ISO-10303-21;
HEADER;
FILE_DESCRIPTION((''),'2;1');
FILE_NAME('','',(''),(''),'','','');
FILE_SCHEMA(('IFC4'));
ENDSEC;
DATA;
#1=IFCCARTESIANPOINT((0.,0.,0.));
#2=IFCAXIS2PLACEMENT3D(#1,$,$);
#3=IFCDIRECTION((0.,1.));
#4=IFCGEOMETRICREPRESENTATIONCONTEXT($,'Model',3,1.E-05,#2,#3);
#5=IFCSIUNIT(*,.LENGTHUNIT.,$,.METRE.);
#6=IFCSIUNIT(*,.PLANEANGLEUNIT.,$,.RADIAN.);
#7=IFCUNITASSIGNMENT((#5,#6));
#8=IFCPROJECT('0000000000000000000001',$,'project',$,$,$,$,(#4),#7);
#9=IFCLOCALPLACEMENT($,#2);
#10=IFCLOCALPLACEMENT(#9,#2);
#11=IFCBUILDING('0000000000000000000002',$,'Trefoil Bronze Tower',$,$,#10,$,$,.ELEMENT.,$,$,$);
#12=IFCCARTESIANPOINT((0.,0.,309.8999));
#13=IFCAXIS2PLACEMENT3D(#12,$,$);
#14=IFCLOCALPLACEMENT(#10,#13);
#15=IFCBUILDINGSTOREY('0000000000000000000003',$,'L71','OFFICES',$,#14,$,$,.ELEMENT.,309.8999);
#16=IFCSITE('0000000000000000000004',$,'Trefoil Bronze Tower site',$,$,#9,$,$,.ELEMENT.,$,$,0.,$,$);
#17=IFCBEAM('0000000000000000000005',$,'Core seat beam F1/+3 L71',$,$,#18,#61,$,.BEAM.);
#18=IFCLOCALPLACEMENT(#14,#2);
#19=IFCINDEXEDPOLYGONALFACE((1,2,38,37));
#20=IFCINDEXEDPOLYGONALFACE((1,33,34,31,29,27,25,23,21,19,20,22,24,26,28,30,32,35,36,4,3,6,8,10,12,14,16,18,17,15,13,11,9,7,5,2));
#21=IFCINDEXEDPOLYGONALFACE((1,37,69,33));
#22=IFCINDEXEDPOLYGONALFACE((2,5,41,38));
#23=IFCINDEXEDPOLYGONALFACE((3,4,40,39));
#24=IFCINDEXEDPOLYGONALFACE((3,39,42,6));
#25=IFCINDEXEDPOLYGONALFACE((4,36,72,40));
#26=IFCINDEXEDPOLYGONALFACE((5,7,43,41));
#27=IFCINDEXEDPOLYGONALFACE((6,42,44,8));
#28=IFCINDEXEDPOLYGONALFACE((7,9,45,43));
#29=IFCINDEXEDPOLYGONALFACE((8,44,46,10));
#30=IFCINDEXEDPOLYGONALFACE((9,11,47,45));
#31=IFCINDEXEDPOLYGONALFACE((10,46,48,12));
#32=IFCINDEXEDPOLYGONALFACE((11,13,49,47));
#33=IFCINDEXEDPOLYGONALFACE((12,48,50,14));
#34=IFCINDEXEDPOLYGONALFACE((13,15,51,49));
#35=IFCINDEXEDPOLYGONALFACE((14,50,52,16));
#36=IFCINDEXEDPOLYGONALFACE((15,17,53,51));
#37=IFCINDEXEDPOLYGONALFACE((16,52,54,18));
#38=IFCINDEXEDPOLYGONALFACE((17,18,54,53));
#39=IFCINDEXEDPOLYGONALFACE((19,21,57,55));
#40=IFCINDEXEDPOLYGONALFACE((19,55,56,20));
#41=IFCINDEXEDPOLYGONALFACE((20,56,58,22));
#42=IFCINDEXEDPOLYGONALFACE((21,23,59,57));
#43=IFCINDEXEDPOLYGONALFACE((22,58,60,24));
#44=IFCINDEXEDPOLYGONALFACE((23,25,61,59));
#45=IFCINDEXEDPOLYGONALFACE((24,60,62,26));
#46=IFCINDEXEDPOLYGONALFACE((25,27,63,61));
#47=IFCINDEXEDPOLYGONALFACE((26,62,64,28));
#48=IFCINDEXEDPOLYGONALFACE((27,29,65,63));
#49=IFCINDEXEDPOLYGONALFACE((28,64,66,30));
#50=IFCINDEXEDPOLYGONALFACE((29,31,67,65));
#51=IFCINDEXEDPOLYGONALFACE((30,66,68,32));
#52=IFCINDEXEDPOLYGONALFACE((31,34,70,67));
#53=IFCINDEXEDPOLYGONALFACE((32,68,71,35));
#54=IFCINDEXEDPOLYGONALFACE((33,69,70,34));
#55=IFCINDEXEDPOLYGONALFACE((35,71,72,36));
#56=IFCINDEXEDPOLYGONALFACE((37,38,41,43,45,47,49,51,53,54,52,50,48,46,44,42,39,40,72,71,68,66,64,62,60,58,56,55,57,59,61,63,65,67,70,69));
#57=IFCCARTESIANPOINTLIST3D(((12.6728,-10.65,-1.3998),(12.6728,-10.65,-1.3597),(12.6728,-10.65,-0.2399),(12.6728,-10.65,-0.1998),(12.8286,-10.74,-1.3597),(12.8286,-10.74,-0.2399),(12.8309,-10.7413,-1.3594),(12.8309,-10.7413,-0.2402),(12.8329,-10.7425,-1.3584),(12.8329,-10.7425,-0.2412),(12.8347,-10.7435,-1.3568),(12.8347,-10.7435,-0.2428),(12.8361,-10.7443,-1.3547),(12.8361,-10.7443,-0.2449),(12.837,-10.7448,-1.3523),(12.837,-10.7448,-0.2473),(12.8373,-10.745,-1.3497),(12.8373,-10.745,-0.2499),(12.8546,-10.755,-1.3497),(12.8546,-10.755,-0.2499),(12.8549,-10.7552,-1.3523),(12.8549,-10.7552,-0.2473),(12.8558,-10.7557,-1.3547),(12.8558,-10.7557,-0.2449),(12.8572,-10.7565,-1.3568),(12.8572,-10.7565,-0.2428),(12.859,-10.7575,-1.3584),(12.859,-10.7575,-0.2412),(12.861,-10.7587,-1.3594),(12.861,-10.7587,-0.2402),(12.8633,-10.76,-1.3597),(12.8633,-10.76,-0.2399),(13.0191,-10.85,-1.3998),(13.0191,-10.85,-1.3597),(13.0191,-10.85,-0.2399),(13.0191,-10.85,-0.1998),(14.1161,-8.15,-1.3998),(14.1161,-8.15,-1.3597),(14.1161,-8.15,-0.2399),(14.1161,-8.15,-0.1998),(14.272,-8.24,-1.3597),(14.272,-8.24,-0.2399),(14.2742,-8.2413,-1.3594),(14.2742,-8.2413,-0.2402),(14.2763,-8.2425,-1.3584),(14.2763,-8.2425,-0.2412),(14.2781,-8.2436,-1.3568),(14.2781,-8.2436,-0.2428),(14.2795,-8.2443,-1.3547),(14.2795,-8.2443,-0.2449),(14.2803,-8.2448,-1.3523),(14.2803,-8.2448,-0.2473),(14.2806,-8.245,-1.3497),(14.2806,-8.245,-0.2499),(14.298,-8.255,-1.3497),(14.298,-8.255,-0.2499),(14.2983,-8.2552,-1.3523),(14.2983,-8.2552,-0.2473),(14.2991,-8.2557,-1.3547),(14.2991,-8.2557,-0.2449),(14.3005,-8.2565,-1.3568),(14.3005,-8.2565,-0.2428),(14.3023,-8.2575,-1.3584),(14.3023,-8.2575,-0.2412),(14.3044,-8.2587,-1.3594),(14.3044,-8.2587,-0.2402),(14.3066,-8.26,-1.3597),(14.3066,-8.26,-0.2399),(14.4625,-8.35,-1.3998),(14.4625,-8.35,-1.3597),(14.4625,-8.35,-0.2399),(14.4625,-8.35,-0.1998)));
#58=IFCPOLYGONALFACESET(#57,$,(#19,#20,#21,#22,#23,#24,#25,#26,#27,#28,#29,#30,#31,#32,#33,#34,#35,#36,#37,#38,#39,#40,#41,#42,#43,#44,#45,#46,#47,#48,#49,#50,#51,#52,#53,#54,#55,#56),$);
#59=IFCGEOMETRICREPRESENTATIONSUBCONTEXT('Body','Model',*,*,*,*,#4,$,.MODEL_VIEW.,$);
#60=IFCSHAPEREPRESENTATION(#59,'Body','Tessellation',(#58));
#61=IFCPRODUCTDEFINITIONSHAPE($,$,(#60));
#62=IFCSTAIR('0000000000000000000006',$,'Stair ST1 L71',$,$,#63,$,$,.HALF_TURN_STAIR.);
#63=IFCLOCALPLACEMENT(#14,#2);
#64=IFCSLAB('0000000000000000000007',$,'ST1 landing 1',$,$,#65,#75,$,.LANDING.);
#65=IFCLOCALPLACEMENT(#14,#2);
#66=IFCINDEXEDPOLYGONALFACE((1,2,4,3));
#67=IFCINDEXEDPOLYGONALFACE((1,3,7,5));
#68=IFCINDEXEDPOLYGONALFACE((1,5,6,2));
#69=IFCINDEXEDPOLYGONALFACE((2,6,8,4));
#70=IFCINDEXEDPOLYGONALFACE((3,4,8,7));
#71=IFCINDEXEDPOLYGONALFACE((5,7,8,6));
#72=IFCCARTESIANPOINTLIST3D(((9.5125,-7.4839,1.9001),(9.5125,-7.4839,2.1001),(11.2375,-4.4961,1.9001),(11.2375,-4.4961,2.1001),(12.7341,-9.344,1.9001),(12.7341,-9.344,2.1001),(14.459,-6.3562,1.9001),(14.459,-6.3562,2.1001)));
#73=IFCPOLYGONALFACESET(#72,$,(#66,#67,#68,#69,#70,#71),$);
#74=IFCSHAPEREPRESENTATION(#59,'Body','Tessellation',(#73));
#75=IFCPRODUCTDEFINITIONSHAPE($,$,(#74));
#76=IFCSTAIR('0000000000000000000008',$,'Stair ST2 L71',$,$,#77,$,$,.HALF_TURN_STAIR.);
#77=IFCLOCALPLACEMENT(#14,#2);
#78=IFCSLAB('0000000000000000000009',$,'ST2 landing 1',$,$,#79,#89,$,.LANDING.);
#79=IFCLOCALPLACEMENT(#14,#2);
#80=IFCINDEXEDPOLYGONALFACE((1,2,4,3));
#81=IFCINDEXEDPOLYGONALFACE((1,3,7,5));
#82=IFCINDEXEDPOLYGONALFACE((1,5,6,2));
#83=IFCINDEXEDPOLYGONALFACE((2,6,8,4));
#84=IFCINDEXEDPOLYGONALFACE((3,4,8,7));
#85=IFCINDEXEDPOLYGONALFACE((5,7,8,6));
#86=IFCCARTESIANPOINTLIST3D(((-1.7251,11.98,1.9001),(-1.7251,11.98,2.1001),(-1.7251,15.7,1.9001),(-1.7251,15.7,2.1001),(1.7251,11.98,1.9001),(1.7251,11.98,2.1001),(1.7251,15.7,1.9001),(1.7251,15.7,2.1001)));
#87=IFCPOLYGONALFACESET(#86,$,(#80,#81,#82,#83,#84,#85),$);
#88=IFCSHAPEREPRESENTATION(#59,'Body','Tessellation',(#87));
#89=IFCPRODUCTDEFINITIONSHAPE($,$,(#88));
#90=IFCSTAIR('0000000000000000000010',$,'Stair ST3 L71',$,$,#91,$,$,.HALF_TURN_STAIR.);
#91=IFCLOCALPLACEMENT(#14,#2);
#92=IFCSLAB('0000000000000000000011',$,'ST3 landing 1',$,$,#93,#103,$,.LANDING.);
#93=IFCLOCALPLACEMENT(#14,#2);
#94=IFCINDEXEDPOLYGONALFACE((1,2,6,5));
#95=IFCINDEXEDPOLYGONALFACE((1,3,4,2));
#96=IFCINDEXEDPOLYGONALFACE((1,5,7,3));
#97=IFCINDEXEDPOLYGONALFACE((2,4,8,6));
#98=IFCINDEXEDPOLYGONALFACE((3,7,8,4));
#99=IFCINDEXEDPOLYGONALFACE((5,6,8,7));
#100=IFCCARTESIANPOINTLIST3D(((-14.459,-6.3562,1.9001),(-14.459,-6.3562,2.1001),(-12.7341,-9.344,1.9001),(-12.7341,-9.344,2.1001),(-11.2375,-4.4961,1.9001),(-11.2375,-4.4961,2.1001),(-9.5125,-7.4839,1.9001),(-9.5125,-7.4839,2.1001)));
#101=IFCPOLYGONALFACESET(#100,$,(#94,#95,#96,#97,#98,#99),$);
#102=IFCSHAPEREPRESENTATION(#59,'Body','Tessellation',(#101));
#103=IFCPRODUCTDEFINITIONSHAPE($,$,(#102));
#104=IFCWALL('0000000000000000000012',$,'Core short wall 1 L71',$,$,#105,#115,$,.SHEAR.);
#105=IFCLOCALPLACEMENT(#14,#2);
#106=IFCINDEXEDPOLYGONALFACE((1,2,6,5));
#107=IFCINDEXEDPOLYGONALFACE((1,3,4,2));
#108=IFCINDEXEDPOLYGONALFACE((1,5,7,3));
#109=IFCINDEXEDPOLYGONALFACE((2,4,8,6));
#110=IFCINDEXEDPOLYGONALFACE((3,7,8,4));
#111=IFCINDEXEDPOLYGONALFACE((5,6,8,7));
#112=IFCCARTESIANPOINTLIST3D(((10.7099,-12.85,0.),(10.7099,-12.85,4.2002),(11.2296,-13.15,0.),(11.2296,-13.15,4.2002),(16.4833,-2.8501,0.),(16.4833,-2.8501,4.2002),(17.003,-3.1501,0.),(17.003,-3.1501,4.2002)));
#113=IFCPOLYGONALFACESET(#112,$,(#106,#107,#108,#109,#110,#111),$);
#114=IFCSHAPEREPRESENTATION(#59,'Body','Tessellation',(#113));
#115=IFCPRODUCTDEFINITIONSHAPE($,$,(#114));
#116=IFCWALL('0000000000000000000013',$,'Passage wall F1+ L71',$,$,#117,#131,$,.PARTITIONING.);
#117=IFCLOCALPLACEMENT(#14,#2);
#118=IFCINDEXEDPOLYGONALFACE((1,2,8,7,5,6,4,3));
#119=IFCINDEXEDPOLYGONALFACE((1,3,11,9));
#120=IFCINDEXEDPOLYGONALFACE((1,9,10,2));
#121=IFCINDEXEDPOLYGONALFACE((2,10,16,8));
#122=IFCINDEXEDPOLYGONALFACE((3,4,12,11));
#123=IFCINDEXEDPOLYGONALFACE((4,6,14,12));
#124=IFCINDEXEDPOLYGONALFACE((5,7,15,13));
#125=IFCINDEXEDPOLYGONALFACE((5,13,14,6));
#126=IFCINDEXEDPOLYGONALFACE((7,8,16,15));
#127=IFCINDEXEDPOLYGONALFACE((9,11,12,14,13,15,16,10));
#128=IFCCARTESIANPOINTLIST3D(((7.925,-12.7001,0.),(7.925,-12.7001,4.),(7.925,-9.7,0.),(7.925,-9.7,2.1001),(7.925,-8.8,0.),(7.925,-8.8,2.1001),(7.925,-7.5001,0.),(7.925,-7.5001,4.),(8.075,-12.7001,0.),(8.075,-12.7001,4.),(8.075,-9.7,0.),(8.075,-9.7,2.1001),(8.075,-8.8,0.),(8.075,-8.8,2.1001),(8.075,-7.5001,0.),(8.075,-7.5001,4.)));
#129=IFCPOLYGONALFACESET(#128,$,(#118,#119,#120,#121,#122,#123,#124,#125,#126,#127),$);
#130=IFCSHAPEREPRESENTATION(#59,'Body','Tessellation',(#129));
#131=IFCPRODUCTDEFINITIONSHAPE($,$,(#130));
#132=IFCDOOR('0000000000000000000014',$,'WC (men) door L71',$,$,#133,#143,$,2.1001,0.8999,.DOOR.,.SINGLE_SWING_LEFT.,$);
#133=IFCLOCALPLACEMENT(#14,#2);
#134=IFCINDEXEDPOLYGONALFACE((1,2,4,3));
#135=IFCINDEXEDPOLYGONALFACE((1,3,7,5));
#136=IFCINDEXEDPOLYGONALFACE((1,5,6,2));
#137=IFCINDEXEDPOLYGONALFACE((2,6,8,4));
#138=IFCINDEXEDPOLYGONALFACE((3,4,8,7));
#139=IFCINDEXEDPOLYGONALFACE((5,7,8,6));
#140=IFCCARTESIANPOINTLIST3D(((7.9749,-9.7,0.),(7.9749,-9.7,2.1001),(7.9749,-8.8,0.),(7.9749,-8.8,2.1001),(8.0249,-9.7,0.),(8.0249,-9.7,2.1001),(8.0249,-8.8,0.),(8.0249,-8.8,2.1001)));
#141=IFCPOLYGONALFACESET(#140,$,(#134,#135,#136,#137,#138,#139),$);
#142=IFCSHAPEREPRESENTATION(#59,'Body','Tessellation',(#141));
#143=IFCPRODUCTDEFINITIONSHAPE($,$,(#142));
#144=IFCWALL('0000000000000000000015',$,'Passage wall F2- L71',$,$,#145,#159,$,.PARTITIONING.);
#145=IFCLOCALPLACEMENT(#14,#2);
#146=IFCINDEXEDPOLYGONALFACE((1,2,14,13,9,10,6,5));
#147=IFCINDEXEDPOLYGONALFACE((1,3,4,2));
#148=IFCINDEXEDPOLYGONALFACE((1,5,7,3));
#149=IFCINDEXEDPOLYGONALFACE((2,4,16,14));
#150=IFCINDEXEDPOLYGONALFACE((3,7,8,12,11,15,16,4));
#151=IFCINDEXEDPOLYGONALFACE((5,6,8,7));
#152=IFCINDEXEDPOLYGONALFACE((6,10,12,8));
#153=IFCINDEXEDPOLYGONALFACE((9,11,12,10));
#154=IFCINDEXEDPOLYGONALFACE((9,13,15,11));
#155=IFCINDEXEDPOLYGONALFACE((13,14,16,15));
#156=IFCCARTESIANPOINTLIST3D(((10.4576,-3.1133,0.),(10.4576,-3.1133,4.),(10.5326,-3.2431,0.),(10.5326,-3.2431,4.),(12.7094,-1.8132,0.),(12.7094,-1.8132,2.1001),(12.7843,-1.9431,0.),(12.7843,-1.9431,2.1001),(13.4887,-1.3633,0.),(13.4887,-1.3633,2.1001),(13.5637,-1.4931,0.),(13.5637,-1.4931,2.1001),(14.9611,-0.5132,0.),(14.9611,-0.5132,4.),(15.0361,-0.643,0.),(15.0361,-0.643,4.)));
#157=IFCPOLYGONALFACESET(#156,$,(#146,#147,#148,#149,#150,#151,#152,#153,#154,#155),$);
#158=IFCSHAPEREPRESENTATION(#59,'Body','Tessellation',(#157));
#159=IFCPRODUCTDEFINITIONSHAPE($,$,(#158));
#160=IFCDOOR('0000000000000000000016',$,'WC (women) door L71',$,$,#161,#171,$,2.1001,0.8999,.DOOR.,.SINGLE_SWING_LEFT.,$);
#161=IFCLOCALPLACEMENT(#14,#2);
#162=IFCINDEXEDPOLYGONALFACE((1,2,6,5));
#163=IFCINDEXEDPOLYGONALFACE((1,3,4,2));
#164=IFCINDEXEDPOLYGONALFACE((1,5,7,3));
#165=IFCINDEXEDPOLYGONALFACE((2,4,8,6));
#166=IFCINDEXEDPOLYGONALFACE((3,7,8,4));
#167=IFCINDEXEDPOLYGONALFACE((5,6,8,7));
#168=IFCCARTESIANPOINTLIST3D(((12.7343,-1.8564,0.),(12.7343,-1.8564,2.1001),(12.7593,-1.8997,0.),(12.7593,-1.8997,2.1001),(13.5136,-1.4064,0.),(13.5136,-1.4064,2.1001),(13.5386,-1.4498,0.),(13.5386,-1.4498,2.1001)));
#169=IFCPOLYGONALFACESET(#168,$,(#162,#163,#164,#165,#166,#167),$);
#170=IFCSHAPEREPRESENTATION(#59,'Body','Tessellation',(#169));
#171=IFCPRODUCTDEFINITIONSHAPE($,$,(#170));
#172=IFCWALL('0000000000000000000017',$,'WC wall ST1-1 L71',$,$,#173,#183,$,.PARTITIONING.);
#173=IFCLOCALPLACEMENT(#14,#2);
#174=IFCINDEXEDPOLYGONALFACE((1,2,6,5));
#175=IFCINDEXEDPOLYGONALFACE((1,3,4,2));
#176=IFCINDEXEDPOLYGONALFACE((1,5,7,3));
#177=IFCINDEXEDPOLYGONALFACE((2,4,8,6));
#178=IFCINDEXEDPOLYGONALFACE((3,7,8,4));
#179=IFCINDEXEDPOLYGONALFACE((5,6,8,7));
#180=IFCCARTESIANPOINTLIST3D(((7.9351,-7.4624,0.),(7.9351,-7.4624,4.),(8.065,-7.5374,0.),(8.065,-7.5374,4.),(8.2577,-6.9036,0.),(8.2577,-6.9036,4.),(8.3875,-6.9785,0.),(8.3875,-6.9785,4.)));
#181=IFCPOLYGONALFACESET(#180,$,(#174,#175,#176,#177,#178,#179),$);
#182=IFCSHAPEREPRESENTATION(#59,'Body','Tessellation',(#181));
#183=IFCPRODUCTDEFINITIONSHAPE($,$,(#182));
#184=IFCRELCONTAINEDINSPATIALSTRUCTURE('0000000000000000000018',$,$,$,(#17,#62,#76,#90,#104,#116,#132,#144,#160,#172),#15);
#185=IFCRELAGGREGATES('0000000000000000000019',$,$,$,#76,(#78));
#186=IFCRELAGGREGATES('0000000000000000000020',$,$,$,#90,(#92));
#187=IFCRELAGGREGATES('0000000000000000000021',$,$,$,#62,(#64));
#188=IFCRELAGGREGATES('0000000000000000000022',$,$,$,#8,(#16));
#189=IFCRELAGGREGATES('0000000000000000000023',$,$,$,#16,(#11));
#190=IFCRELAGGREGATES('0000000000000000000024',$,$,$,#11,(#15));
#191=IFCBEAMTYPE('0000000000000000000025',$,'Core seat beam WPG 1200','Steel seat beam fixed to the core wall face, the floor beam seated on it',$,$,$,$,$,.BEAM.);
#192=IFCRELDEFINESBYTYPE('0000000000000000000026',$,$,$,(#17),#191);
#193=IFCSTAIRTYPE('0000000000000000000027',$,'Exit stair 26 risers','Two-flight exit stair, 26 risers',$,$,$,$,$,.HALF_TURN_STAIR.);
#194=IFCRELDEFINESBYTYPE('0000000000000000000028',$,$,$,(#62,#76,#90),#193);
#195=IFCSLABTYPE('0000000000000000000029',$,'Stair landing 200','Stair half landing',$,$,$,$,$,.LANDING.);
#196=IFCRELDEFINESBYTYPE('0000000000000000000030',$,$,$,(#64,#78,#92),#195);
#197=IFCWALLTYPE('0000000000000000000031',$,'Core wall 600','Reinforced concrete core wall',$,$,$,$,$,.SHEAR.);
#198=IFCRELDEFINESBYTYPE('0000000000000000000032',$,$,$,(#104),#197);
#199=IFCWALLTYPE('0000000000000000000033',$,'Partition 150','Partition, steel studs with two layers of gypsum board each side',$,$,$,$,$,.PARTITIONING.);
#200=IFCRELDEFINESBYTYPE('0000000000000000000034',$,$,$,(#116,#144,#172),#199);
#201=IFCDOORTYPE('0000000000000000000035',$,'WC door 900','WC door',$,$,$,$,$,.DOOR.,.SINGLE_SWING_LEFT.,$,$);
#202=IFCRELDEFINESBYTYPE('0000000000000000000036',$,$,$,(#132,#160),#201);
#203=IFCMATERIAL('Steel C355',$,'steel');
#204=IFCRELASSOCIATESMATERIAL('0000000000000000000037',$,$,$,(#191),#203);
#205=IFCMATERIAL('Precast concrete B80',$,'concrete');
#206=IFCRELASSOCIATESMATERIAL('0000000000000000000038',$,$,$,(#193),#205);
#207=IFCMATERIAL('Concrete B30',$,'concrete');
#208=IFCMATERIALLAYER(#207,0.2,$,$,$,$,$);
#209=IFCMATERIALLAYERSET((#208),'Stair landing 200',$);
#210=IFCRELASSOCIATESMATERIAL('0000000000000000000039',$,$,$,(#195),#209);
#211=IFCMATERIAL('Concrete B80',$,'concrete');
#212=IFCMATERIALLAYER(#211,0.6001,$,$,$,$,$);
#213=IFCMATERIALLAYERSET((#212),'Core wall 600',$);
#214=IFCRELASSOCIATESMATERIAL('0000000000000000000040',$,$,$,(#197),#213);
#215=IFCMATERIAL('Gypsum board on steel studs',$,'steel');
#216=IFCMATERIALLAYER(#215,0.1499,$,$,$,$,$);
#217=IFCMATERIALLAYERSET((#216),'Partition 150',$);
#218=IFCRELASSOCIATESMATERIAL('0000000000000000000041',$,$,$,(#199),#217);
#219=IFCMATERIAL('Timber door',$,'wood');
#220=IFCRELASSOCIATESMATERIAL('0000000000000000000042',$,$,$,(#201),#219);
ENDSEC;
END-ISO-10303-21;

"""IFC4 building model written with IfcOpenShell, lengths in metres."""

from ifc_helpers import new_model, si_unit, direction, frame, frame_2d, origin, origin_2d, place, context, subcontext, project, spatial, polyline, rectangle, i_section, outline, extrude, material, layer, layer_set, material_profile, profile_set, type_object, element, fill, aggregate, save


model = new_model("IFC4")

# Units and contexts
model_context = context("Model", 3, precision=1e-05, world=origin(), true_north=direction((0.0, 1.0)))
body_context = subcontext(model_context, "Body", "Model", "MODEL_VIEW")
ifc_project = project(units=[si_unit("LENGTHUNIT", "METRE"), si_unit("PLANEANGLEUNIT", "RADIAN")], contexts=[model_context])

# Site, building, storey
site_placement = place(None, origin())
site = spatial("IfcSite", under=ifc_project, at=site_placement, Name="Trefoil Bronze Tower site", CompositionType="ELEMENT", RefElevation=0.0)
building_placement = place(site_placement, origin())
building = spatial("IfcBuilding", under=site, at=building_placement, Name="Trefoil Bronze Tower", CompositionType="ELEMENT")
storey_placement = place(building_placement, frame((0.0, 0.0, 309.8999)))
storey = spatial("IfcBuildingStorey", under=building, at=storey_placement, Name="L71", Description="OFFICES", CompositionType="ELEMENT", Elevation=309.8999)

# Beam
ifc_material_1 = material(Name="Steel C355", Category="steel")
ifc_material_profile = material_profile(ifc_material_1, i_section(OverallWidth=0.3999, OverallDepth=1.2, WebThickness=0.02, FlangeThickness=0.04, FilletRadius=0.01, at=origin_2d()), Name="WPG 1200")
ifc_profile_set = profile_set([ifc_material_profile], Name="Steel C355")
beam_type = type_object("IfcBeamType", Name="Core seat beam WPG 1200", Description="Steel seat beam fixed to the core wall face, the floor beam seated on it", PredefinedType="BEAM", material=ifc_profile_set)
beam_placement = place(storey_placement, frame((12.8459, -10.75, -0.7998), z_axis=(0.499996, 0.866028, 0.0), x_axis=(-0.866028, 0.499996, 0.0)))
element("IfcBeam", 1, at=beam_placement, inside=storey, type_object=beam_type, Name="Core seat beam F1/+3 L71", PredefinedType="BEAM", context=body_context, shape_type="SweptSolid", body=[
    extrude(i_section(OverallWidth=0.3999, OverallDepth=1.2, WebThickness=0.02, FlangeThickness=0.04, FilletRadius=0.01, at=origin_2d()), origin(), (0.0, 0.0, 1.0), 2.8867),
])

# Stairs, slabs
ifc_material_2 = material(Name="Precast concrete B80", Category="concrete")
stair_type = type_object("IfcStairType", Name="Exit stair 26 risers", Description="Two-flight exit stair, 26 risers", PredefinedType="HALF_TURN_STAIR", material=ifc_material_2)
stair_1_placement = place(storey_placement, origin())
stair_1 = element("IfcStair", 2, at=stair_1_placement, inside=storey, type_object=stair_type, Name="Stair ST1 L71", PredefinedType="HALF_TURN_STAIR")
ifc_material_3 = material(Name="Concrete B30", Category="concrete")
ifc_layer_1 = layer(ifc_material_3, 0.2)
ifc_layer_set_1 = layer_set([ifc_layer_1], Name="Stair landing 200")
slab_type = type_object("IfcSlabType", Name="Stair landing 200", Description="Stair half landing", PredefinedType="LANDING", material=ifc_layer_set_1)
slab_1_placement = place(storey_placement, frame((0.0, 0.0, 1.9001)))
slab_1 = element("IfcSlab", 3, at=slab_1_placement, type_object=slab_type, Name="ST1 landing 1", PredefinedType="LANDING", context=body_context, shape_type="SweptSolid", body=[
    extrude(outline(polyline([(9.5125, -7.4839), (12.7341, -9.344), (14.459, -6.3562), (11.2375, -4.4961), (9.5125, -7.4839)])), origin(), (0.0, 0.0, 1.0), 0.2),
])
stair_2_placement = place(storey_placement, origin())
stair_2 = element("IfcStair", 4, at=stair_2_placement, inside=storey, type_object=stair_type, Name="Stair ST2 L71", PredefinedType="HALF_TURN_STAIR")
slab_2_placement = place(storey_placement, frame((0.0, 0.0, 1.9001)))
slab_2 = element("IfcSlab", 5, at=slab_2_placement, type_object=slab_type, Name="ST2 landing 1", PredefinedType="LANDING", context=body_context, shape_type="SweptSolid", body=[
    extrude(outline(polyline([(1.7251, 11.98), (1.7251, 15.7), (-1.7251, 15.7), (-1.7251, 11.98), (1.7251, 11.98)])), origin(), (0.0, 0.0, 1.0), 0.2),
])
aggregate(stair_2, [slab_2])
stair_3_placement = place(storey_placement, origin())
stair_3 = element("IfcStair", 6, at=stair_3_placement, inside=storey, type_object=stair_type, Name="Stair ST3 L71", PredefinedType="HALF_TURN_STAIR")
slab_3_placement = place(storey_placement, frame((0.0, 0.0, 1.9001)))
slab_3 = element("IfcSlab", 7, at=slab_3_placement, type_object=slab_type, Name="ST3 landing 1", PredefinedType="LANDING", context=body_context, shape_type="SweptSolid", body=[
    extrude(outline(polyline([(-11.2375, -4.4961), (-14.459, -6.3562), (-12.7341, -9.344), (-9.5125, -7.4839), (-11.2375, -4.4961)])), origin(), (0.0, 0.0, 1.0), 0.2),
])
aggregate(stair_3, [slab_3])

# Wall
ifc_material_4 = material(Name="Concrete B80", Category="concrete")
ifc_layer_2 = layer(ifc_material_4, 0.6001)
ifc_layer_set_2 = layer_set([ifc_layer_2], Name="Core wall 600")
wall_type_1 = type_object("IfcWallType", Name="Core wall 600", Description="Reinforced concrete core wall", PredefinedType="SHEAR", material=ifc_layer_set_2)
wall_1_placement = place(storey_placement, frame((10.9697, -13.0, 0.0), z_axis=(0.0, 0.0, 1.0), x_axis=(0.499996, 0.866028, 0.0)))
element("IfcWall", 8, at=wall_1_placement, inside=storey, type_object=wall_type_1, Name="Core short wall 1 L71", PredefinedType="SHEAR", context=body_context, shape_type="SweptSolid", body=[
    extrude(rectangle(XDim=11.5469, YDim=0.6001, at=frame_2d((5.7734, 0.0))), origin(), (0.0, 0.0, 1.0), 4.2002),
])

# Walls, openings, doors
ifc_material_5 = material(Name="Gypsum board on steel studs", Category="steel")
ifc_layer_3 = layer(ifc_material_5, 0.1499)
ifc_layer_set_3 = layer_set([ifc_layer_3], Name="Partition 150")
wall_type_2 = type_object("IfcWallType", Name="Partition 150", Description="Partition, steel studs with two layers of gypsum board each side", PredefinedType="PARTITIONING", material=ifc_layer_set_3)
wall_2_placement = place(storey_placement, frame((8.0, -7.5, 0.0), z_axis=(0.0, 0.0, 1.0), x_axis=(0.0, -1.0, 0.0)))
wall_2 = element("IfcWall", 9, at=wall_2_placement, inside=storey, type_object=wall_type_2, Name="Passage wall F1+ L71", PredefinedType="PARTITIONING", context=body_context, shape_type="SweptSolid", body=[
    extrude(rectangle(XDim=5.2, YDim=0.1499, at=frame_2d((2.6001, 0.0))), origin(), (0.0, 0.0, 1.0), 4.0),
])
opening_1_placement = place(wall_2_placement, frame((1.3, 0.0, 0.0)))
opening_1 = element("IfcOpeningElement", 10, at=opening_1_placement, cuts=wall_2, PredefinedType="OPENING", context=body_context, shape_type="SweptSolid", body=[
    extrude(rectangle(XDim=0.8999, YDim=2.1001, at=frame_2d((0.45, 1.05))), frame((0.0, 0.085, 0.0), z_axis=(0.0, -1.0, 0.0), x_axis=(1.0, 0.0, 0.0)), (0.0, 0.0, 1.0), 0.1699),
])
ifc_material_6 = material(Name="Timber door", Category="wood")
door_type_1 = type_object("IfcDoorType", Name="WC door 900", Description="WC door", OperationType="SINGLE_SWING_LEFT", PredefinedType="DOOR", material=ifc_material_6)
door_1_placement = place(opening_1_placement, origin())
door_1 = element("IfcDoor", 11, at=door_1_placement, inside=storey, type_object=door_type_1, Name="WC (men) door L71", OperationType="SINGLE_SWING_LEFT", OverallHeight=2.1001, OverallWidth=0.8999, PredefinedType="DOOR", context=body_context, shape_type="SweptSolid", body=[
    extrude(rectangle(XDim=0.8999, YDim=2.1001, at=frame_2d((0.45, 1.05))), frame((0.0, 0.0249, 0.0), z_axis=(0.0, -1.0, 0.0), x_axis=(1.0, 0.0, 0.0)), (0.0, 0.0, 1.0), 0.05),
])
fill(opening_1, door_1)
wall_3_placement = place(storey_placement, frame((10.4951, -3.1782, 0.0), z_axis=(0.0, 0.0, 1.0), x_axis=(0.866021, 0.500007, 0.0)))
wall_3 = element("IfcWall", 12, at=wall_3_placement, inside=storey, type_object=wall_type_2, Name="Passage wall F2- L71", PredefinedType="PARTITIONING", context=body_context, shape_type="SweptSolid", body=[
    extrude(rectangle(XDim=5.2002, YDim=0.1499, at=frame_2d((2.6001, 0.0))), origin(), (0.0, 0.0, 1.0), 4.0),
])
opening_2_placement = place(wall_3_placement, frame((2.6001, 0.0, 0.0)))
opening_2 = element("IfcOpeningElement", 13, at=opening_2_placement, cuts=wall_3, PredefinedType="OPENING", context=body_context, shape_type="SweptSolid", body=[
    extrude(rectangle(XDim=0.8999, YDim=2.1001, at=frame_2d((0.45, 1.05))), frame((0.0, 0.085, 0.0), z_axis=(0.0, -1.0, 0.0), x_axis=(1.0, 0.0, 0.0)), (0.0, 0.0, 1.0), 0.1699),
])
door_2_placement = place(opening_2_placement, frame((0.8999, 0.0, 0.0), z_axis=(0.0, 0.0, 1.0), x_axis=(-1.0, 0.0, 0.0)))
door_2 = element("IfcDoor", 14, at=door_2_placement, inside=storey, type_object=door_type_1, Name="WC (women) door L71", OperationType="SINGLE_SWING_LEFT", OverallHeight=2.1001, OverallWidth=0.8999, PredefinedType="DOOR", context=body_context, shape_type="SweptSolid", body=[
    extrude(rectangle(XDim=0.8999, YDim=2.1001, at=frame_2d((0.45, 1.05))), frame((0.0, 0.0249, 0.0), z_axis=(0.0, -1.0, 0.0), x_axis=(1.0, 0.0, 0.0)), (0.0, 0.0, 1.0), 0.05),
])
fill(opening_2, door_2)

# Wall
for number, where, z_axis, x_axis, name in (
    (15, (8.0, -7.5, 0.0), (0.0, 0.0, 1.0), (0.499843, 0.866116, 0.0), "WC wall ST1-1 L71"),
):
    element("IfcWall", number, at=place(storey_placement, frame(where, z_axis=z_axis, x_axis=x_axis)), inside=storey, type_object=wall_type_2, Name=name, PredefinedType="PARTITIONING", context=body_context, shape_type="SweptSolid", body=[
        extrude(rectangle(XDim=0.6453, YDim=0.1499, at=frame_2d((0.3228, 0.0))), origin(), (0.0, 0.0, 1.0), 4.0),
    ])

aggregate(stair_1, [slab_1])

save(model, "model.ifc")
